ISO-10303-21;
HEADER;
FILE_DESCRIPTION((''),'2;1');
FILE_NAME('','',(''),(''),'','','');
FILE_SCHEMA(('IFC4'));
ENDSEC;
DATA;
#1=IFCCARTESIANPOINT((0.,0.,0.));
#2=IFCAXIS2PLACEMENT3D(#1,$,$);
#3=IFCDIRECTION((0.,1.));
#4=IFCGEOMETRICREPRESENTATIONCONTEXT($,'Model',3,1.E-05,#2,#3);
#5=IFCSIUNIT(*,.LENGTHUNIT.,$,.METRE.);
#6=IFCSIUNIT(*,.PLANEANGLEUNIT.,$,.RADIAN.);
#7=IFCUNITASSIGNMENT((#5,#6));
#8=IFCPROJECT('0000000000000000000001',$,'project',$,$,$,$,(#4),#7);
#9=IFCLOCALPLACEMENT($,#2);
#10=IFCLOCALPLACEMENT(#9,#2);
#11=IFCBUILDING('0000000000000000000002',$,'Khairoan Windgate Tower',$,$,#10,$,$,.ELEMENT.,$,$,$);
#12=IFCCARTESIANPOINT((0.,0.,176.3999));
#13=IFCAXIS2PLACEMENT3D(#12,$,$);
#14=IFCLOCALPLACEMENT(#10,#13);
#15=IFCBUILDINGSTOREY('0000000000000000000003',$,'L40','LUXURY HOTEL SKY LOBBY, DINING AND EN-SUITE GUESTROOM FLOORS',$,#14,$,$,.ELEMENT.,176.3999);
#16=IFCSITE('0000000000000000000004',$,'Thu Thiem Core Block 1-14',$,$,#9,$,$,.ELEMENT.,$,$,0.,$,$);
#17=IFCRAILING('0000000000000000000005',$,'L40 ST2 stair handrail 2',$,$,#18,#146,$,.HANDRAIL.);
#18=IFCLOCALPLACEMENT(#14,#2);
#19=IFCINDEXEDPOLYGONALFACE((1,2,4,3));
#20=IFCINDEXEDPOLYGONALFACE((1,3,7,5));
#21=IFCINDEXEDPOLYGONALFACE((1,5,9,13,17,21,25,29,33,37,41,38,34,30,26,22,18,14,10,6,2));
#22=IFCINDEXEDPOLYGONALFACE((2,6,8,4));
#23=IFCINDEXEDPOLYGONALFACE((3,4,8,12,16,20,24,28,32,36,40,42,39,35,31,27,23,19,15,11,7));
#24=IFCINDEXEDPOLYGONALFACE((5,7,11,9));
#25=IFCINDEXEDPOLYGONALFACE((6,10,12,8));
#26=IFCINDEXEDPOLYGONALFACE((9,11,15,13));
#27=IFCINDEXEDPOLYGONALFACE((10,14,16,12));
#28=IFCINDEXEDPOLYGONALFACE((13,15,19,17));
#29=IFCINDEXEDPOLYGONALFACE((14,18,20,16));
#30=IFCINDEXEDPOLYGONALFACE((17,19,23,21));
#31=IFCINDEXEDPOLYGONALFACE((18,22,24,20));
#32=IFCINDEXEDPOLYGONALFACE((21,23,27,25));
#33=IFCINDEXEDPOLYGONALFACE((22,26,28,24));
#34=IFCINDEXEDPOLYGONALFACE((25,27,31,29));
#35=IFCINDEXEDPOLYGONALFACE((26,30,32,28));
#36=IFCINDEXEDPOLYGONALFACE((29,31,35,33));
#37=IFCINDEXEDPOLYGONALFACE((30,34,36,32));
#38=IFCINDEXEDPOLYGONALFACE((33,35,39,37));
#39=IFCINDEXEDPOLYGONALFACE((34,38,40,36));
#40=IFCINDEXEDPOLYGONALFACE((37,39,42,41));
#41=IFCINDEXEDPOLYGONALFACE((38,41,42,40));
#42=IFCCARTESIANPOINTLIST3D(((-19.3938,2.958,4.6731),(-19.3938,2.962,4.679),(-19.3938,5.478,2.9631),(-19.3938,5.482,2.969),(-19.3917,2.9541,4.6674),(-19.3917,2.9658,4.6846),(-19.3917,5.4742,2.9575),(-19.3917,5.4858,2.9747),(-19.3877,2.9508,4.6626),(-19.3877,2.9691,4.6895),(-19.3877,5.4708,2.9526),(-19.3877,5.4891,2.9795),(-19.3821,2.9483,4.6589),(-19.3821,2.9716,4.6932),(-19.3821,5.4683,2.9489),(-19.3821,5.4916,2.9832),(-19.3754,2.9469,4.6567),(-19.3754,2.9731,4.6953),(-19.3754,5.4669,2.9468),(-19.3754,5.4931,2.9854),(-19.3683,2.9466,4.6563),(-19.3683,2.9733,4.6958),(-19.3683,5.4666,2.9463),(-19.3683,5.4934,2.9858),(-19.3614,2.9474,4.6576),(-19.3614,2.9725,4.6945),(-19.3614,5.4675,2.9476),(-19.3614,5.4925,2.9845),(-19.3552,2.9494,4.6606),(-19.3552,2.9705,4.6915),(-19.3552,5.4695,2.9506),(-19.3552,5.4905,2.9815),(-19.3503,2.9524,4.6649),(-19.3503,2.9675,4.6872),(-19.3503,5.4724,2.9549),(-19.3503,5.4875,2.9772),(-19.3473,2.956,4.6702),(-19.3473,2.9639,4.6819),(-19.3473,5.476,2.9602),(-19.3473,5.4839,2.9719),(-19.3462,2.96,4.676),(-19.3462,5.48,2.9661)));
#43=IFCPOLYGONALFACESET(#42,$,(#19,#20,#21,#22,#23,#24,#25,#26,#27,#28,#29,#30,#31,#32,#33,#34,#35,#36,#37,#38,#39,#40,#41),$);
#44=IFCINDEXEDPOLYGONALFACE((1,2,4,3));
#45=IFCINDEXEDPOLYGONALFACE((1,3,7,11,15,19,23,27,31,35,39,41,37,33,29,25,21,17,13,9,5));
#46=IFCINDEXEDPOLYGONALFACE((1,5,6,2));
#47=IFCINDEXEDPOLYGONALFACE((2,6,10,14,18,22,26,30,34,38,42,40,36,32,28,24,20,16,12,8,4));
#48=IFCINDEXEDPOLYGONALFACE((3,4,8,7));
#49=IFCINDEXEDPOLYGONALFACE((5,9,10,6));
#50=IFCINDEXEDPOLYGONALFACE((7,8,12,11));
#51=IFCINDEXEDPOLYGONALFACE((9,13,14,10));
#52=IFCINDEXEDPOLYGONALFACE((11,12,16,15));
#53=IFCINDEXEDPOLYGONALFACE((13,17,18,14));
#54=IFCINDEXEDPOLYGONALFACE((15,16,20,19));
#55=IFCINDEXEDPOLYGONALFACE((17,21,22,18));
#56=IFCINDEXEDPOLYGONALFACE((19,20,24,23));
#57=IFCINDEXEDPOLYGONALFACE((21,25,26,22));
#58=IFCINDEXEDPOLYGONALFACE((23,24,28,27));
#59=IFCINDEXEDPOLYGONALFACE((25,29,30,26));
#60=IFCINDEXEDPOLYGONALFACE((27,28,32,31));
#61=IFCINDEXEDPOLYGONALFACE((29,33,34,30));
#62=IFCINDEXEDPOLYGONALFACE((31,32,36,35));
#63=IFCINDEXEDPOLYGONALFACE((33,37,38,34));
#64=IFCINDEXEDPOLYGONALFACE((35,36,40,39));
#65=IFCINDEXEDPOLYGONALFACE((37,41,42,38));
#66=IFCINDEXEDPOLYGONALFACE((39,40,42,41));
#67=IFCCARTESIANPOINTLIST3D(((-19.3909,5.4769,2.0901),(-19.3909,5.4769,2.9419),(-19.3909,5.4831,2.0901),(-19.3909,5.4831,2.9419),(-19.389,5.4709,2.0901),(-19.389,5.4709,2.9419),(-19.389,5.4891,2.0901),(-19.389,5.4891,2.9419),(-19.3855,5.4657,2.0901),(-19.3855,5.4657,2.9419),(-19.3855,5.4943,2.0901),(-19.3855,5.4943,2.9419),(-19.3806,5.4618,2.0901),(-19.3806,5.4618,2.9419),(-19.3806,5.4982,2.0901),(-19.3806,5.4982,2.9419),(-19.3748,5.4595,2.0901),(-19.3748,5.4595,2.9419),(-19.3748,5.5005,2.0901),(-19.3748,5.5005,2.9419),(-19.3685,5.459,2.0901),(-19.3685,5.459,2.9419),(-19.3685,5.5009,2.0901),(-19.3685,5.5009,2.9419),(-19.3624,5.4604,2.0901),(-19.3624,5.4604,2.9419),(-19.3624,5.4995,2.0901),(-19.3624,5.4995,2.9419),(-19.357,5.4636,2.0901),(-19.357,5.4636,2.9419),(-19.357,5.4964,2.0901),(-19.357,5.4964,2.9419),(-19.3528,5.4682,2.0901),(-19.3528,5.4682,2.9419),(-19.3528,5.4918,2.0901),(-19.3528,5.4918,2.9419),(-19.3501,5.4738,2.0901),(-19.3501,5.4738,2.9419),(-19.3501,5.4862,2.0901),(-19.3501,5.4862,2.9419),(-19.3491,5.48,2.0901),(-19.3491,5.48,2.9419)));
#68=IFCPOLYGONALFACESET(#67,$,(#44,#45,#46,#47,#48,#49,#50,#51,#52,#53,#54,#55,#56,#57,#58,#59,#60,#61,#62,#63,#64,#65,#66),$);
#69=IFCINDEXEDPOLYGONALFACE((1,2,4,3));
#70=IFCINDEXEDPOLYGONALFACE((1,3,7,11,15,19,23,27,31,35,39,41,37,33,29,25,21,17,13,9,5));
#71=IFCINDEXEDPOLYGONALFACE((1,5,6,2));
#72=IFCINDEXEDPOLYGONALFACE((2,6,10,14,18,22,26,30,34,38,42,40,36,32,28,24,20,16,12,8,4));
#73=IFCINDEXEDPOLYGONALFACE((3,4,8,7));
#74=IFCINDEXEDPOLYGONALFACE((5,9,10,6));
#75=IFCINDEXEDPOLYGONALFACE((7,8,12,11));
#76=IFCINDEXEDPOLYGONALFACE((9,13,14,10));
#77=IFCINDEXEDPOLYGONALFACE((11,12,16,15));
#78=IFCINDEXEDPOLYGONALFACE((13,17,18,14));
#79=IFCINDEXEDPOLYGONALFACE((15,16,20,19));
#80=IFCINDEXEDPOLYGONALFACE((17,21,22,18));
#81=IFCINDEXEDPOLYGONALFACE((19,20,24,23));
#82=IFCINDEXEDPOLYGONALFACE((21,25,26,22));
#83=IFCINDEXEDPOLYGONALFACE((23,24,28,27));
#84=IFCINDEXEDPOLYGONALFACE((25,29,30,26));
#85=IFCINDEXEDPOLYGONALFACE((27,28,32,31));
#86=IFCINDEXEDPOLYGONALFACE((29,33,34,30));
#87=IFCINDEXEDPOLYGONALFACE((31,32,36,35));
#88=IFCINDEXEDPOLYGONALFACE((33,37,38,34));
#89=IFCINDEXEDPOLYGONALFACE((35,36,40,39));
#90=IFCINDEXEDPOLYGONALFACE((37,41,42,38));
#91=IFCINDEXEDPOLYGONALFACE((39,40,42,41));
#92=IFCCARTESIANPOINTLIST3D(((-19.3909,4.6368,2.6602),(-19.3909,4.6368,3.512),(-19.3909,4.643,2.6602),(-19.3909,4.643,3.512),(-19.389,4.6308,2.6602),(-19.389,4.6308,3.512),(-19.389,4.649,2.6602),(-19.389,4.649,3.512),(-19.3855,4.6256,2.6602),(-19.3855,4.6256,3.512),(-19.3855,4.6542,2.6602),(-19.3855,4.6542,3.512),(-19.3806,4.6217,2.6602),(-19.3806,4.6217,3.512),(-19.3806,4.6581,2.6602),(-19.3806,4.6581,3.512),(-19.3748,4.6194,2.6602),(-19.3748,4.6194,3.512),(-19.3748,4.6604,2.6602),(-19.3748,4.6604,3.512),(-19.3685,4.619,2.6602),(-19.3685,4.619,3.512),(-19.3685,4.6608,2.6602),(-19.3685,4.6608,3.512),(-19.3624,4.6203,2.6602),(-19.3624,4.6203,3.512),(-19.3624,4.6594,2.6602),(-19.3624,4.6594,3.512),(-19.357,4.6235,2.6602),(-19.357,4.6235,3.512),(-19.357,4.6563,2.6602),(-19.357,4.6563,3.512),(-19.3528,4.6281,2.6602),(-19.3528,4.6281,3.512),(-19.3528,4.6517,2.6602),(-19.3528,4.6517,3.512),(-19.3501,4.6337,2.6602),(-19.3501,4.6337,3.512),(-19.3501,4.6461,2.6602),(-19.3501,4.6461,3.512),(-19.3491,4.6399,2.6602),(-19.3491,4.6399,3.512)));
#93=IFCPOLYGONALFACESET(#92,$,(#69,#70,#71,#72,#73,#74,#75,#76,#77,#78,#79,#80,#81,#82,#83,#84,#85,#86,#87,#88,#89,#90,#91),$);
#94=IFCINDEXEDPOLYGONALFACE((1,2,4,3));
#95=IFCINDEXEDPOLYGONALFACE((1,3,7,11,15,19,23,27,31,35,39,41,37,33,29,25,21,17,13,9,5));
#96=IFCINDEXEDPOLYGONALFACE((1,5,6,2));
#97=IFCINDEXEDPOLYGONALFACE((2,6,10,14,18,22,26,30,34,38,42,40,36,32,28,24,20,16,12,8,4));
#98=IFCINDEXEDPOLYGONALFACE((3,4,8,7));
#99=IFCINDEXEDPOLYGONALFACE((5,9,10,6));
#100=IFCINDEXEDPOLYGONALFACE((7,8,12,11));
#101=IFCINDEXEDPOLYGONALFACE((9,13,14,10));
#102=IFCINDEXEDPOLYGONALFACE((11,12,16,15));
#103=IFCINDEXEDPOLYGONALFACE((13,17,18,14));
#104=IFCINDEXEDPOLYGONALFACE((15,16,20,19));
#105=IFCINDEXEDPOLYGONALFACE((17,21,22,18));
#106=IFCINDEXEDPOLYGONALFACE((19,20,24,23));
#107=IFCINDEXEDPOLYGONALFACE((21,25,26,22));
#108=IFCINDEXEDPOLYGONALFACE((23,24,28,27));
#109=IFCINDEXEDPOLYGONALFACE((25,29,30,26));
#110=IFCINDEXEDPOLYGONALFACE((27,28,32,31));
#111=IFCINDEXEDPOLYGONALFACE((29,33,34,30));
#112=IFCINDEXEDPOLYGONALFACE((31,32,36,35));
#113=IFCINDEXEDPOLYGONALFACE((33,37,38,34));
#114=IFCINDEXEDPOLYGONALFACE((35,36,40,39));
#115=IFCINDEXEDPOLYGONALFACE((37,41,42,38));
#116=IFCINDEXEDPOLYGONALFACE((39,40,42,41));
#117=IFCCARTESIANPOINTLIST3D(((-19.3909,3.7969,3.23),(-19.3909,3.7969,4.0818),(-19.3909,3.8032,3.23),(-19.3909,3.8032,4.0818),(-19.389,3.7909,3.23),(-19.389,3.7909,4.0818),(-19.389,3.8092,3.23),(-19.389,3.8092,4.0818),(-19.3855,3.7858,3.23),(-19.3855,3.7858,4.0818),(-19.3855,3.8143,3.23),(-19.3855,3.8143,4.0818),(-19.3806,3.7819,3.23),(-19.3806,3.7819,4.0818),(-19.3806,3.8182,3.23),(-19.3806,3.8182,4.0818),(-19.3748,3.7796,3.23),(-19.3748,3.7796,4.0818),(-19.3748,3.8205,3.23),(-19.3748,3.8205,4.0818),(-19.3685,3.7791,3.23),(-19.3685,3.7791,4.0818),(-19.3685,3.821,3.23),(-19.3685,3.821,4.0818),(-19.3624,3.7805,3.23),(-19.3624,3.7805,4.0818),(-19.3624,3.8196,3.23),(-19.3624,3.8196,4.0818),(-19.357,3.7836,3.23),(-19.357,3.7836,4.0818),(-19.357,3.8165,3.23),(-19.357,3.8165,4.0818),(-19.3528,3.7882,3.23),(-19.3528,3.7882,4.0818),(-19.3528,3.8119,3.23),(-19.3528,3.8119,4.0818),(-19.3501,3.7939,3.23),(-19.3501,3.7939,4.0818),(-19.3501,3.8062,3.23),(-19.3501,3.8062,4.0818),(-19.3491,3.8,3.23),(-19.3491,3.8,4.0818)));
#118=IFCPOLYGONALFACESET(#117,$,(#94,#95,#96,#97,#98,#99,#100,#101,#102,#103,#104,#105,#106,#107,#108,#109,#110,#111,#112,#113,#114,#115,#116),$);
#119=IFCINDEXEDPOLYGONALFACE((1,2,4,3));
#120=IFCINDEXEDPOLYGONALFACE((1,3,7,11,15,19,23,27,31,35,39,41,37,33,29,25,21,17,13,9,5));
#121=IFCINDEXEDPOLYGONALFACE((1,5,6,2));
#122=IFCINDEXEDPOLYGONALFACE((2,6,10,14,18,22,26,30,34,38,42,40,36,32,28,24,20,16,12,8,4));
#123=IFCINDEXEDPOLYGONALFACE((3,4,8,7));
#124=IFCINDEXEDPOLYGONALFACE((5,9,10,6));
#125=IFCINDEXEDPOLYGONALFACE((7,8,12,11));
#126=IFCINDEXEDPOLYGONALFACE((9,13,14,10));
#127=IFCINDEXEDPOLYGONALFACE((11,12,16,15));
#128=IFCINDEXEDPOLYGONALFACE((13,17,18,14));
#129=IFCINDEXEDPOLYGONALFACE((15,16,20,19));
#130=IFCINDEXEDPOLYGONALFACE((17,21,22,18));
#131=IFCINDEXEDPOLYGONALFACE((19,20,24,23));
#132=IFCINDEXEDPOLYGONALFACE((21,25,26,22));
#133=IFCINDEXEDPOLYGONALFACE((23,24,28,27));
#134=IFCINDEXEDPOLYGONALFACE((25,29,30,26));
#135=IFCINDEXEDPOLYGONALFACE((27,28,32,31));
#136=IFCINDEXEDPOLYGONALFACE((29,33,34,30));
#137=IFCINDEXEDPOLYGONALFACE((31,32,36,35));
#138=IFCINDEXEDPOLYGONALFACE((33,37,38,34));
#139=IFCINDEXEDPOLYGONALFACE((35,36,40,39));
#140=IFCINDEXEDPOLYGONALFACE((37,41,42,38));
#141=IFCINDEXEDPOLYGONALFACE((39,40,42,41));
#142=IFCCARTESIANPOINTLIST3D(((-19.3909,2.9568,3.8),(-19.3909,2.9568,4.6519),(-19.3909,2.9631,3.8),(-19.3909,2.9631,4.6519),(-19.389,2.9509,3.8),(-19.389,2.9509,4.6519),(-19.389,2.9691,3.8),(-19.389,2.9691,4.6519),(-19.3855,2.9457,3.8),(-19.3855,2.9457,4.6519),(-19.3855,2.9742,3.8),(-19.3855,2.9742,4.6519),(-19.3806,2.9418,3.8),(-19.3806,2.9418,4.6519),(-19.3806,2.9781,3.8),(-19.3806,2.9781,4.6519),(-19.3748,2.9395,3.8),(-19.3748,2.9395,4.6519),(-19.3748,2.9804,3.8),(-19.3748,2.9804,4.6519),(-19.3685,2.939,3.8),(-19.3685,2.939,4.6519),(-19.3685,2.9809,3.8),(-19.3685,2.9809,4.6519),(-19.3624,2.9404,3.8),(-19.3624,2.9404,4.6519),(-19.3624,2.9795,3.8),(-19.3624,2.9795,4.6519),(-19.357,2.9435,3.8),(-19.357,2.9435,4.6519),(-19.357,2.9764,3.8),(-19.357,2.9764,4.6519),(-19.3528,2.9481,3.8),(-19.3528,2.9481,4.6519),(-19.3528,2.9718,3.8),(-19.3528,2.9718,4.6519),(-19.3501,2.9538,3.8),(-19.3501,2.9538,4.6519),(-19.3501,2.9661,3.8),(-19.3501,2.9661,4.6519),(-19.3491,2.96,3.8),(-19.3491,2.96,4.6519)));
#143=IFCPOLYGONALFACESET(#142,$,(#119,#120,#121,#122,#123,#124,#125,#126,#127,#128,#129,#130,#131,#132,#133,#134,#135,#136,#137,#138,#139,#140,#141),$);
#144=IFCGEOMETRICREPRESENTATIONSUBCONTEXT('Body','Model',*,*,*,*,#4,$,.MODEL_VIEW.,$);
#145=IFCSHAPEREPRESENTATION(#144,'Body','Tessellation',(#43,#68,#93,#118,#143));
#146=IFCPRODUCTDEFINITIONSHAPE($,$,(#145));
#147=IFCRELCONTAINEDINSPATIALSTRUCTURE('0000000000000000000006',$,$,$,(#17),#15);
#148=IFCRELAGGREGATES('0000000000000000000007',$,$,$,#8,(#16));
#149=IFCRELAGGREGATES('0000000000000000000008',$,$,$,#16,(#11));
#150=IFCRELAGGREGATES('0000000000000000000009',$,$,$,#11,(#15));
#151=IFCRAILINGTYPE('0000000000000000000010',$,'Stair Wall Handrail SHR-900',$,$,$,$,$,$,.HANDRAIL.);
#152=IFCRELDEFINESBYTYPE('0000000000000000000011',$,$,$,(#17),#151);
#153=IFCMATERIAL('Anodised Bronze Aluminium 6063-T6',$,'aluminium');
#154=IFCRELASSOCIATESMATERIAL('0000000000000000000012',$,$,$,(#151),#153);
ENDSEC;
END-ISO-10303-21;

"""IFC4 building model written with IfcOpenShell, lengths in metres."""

from ifc_helpers import new_model, si_unit, direction, frame, origin, origin_2d, place, context, subcontext, project, spatial, circle, extrude, material, type_object, element, save


model = new_model("IFC4")

# Units and contexts
model_context = context("Model", 3, precision=1e-05, world=origin(), true_north=direction((0.0, 1.0)))
body_context = subcontext(model_context, "Body", "Model", "MODEL_VIEW")
ifc_project = project(units=[si_unit("LENGTHUNIT", "METRE"), si_unit("PLANEANGLEUNIT", "RADIAN")], contexts=[model_context])

# Site, building, storey
site_placement = place(None, origin())
site = spatial("IfcSite", under=ifc_project, at=site_placement, Name="Thu Thiem Core Block 1-14", CompositionType="ELEMENT", RefElevation=0.0)
building_placement = place(site_placement, origin())
building = spatial("IfcBuilding", under=site, at=building_placement, Name="Khairoan Windgate Tower", CompositionType="ELEMENT")
storey_placement = place(building_placement, frame((0.0, 0.0, 176.3999)))
storey = spatial("IfcBuildingStorey", under=building, at=storey_placement, Name="L40", Description="LUXURY HOTEL SKY LOBBY, DINING AND EN-SUITE GUESTROOM FLOORS", CompositionType="ELEMENT", Elevation=176.3999)

# Railing
ifc_material_1 = material(Name="Anodised Bronze Aluminium 6063-T6", Category="aluminium")
railing_type_1 = type_object("IfcRailingType", Name="Stair Wall Handrail SHR-900", PredefinedType="HANDRAIL", material=ifc_material_1)
railing_1_placement = place(storey_placement, frame((-19.3701, 5.48, 2.0901)))
element("IfcRailing", 1, at=railing_1_placement, inside=storey, type_object=railing_type_1, Name="L40 ST2 stair handrail 2", PredefinedType="HANDRAIL", context=body_context, shape_type="SweptSolid", body=[
    extrude(circle(Radius=0.0239, at=origin_2d()), frame((0.0, 0.0, 0.876), z_axis=(0.0, -0.827484, 0.56149), x_axis=(1.0, 0.0, 0.0)), (0.0, 0.0, 1.0), 3.0454),
    extrude(circle(Radius=0.021, at=origin_2d()), origin(), (0.0, 0.0, 1.0), 0.8518),
    extrude(circle(Radius=0.021, at=origin_2d()), frame((0.0, -0.8401, 0.5701)), (0.0, 0.0, 1.0), 0.8518),
    extrude(circle(Radius=0.021, at=origin_2d()), frame((0.0, -1.6799, 1.1399)), (0.0, 0.0, 1.0), 0.8518),
    extrude(circle(Radius=0.021, at=origin_2d()), frame((0.0, -2.52, 1.71)), (0.0, 0.0, 1.0), 0.8518),
])

save(model, "model.ifc")
